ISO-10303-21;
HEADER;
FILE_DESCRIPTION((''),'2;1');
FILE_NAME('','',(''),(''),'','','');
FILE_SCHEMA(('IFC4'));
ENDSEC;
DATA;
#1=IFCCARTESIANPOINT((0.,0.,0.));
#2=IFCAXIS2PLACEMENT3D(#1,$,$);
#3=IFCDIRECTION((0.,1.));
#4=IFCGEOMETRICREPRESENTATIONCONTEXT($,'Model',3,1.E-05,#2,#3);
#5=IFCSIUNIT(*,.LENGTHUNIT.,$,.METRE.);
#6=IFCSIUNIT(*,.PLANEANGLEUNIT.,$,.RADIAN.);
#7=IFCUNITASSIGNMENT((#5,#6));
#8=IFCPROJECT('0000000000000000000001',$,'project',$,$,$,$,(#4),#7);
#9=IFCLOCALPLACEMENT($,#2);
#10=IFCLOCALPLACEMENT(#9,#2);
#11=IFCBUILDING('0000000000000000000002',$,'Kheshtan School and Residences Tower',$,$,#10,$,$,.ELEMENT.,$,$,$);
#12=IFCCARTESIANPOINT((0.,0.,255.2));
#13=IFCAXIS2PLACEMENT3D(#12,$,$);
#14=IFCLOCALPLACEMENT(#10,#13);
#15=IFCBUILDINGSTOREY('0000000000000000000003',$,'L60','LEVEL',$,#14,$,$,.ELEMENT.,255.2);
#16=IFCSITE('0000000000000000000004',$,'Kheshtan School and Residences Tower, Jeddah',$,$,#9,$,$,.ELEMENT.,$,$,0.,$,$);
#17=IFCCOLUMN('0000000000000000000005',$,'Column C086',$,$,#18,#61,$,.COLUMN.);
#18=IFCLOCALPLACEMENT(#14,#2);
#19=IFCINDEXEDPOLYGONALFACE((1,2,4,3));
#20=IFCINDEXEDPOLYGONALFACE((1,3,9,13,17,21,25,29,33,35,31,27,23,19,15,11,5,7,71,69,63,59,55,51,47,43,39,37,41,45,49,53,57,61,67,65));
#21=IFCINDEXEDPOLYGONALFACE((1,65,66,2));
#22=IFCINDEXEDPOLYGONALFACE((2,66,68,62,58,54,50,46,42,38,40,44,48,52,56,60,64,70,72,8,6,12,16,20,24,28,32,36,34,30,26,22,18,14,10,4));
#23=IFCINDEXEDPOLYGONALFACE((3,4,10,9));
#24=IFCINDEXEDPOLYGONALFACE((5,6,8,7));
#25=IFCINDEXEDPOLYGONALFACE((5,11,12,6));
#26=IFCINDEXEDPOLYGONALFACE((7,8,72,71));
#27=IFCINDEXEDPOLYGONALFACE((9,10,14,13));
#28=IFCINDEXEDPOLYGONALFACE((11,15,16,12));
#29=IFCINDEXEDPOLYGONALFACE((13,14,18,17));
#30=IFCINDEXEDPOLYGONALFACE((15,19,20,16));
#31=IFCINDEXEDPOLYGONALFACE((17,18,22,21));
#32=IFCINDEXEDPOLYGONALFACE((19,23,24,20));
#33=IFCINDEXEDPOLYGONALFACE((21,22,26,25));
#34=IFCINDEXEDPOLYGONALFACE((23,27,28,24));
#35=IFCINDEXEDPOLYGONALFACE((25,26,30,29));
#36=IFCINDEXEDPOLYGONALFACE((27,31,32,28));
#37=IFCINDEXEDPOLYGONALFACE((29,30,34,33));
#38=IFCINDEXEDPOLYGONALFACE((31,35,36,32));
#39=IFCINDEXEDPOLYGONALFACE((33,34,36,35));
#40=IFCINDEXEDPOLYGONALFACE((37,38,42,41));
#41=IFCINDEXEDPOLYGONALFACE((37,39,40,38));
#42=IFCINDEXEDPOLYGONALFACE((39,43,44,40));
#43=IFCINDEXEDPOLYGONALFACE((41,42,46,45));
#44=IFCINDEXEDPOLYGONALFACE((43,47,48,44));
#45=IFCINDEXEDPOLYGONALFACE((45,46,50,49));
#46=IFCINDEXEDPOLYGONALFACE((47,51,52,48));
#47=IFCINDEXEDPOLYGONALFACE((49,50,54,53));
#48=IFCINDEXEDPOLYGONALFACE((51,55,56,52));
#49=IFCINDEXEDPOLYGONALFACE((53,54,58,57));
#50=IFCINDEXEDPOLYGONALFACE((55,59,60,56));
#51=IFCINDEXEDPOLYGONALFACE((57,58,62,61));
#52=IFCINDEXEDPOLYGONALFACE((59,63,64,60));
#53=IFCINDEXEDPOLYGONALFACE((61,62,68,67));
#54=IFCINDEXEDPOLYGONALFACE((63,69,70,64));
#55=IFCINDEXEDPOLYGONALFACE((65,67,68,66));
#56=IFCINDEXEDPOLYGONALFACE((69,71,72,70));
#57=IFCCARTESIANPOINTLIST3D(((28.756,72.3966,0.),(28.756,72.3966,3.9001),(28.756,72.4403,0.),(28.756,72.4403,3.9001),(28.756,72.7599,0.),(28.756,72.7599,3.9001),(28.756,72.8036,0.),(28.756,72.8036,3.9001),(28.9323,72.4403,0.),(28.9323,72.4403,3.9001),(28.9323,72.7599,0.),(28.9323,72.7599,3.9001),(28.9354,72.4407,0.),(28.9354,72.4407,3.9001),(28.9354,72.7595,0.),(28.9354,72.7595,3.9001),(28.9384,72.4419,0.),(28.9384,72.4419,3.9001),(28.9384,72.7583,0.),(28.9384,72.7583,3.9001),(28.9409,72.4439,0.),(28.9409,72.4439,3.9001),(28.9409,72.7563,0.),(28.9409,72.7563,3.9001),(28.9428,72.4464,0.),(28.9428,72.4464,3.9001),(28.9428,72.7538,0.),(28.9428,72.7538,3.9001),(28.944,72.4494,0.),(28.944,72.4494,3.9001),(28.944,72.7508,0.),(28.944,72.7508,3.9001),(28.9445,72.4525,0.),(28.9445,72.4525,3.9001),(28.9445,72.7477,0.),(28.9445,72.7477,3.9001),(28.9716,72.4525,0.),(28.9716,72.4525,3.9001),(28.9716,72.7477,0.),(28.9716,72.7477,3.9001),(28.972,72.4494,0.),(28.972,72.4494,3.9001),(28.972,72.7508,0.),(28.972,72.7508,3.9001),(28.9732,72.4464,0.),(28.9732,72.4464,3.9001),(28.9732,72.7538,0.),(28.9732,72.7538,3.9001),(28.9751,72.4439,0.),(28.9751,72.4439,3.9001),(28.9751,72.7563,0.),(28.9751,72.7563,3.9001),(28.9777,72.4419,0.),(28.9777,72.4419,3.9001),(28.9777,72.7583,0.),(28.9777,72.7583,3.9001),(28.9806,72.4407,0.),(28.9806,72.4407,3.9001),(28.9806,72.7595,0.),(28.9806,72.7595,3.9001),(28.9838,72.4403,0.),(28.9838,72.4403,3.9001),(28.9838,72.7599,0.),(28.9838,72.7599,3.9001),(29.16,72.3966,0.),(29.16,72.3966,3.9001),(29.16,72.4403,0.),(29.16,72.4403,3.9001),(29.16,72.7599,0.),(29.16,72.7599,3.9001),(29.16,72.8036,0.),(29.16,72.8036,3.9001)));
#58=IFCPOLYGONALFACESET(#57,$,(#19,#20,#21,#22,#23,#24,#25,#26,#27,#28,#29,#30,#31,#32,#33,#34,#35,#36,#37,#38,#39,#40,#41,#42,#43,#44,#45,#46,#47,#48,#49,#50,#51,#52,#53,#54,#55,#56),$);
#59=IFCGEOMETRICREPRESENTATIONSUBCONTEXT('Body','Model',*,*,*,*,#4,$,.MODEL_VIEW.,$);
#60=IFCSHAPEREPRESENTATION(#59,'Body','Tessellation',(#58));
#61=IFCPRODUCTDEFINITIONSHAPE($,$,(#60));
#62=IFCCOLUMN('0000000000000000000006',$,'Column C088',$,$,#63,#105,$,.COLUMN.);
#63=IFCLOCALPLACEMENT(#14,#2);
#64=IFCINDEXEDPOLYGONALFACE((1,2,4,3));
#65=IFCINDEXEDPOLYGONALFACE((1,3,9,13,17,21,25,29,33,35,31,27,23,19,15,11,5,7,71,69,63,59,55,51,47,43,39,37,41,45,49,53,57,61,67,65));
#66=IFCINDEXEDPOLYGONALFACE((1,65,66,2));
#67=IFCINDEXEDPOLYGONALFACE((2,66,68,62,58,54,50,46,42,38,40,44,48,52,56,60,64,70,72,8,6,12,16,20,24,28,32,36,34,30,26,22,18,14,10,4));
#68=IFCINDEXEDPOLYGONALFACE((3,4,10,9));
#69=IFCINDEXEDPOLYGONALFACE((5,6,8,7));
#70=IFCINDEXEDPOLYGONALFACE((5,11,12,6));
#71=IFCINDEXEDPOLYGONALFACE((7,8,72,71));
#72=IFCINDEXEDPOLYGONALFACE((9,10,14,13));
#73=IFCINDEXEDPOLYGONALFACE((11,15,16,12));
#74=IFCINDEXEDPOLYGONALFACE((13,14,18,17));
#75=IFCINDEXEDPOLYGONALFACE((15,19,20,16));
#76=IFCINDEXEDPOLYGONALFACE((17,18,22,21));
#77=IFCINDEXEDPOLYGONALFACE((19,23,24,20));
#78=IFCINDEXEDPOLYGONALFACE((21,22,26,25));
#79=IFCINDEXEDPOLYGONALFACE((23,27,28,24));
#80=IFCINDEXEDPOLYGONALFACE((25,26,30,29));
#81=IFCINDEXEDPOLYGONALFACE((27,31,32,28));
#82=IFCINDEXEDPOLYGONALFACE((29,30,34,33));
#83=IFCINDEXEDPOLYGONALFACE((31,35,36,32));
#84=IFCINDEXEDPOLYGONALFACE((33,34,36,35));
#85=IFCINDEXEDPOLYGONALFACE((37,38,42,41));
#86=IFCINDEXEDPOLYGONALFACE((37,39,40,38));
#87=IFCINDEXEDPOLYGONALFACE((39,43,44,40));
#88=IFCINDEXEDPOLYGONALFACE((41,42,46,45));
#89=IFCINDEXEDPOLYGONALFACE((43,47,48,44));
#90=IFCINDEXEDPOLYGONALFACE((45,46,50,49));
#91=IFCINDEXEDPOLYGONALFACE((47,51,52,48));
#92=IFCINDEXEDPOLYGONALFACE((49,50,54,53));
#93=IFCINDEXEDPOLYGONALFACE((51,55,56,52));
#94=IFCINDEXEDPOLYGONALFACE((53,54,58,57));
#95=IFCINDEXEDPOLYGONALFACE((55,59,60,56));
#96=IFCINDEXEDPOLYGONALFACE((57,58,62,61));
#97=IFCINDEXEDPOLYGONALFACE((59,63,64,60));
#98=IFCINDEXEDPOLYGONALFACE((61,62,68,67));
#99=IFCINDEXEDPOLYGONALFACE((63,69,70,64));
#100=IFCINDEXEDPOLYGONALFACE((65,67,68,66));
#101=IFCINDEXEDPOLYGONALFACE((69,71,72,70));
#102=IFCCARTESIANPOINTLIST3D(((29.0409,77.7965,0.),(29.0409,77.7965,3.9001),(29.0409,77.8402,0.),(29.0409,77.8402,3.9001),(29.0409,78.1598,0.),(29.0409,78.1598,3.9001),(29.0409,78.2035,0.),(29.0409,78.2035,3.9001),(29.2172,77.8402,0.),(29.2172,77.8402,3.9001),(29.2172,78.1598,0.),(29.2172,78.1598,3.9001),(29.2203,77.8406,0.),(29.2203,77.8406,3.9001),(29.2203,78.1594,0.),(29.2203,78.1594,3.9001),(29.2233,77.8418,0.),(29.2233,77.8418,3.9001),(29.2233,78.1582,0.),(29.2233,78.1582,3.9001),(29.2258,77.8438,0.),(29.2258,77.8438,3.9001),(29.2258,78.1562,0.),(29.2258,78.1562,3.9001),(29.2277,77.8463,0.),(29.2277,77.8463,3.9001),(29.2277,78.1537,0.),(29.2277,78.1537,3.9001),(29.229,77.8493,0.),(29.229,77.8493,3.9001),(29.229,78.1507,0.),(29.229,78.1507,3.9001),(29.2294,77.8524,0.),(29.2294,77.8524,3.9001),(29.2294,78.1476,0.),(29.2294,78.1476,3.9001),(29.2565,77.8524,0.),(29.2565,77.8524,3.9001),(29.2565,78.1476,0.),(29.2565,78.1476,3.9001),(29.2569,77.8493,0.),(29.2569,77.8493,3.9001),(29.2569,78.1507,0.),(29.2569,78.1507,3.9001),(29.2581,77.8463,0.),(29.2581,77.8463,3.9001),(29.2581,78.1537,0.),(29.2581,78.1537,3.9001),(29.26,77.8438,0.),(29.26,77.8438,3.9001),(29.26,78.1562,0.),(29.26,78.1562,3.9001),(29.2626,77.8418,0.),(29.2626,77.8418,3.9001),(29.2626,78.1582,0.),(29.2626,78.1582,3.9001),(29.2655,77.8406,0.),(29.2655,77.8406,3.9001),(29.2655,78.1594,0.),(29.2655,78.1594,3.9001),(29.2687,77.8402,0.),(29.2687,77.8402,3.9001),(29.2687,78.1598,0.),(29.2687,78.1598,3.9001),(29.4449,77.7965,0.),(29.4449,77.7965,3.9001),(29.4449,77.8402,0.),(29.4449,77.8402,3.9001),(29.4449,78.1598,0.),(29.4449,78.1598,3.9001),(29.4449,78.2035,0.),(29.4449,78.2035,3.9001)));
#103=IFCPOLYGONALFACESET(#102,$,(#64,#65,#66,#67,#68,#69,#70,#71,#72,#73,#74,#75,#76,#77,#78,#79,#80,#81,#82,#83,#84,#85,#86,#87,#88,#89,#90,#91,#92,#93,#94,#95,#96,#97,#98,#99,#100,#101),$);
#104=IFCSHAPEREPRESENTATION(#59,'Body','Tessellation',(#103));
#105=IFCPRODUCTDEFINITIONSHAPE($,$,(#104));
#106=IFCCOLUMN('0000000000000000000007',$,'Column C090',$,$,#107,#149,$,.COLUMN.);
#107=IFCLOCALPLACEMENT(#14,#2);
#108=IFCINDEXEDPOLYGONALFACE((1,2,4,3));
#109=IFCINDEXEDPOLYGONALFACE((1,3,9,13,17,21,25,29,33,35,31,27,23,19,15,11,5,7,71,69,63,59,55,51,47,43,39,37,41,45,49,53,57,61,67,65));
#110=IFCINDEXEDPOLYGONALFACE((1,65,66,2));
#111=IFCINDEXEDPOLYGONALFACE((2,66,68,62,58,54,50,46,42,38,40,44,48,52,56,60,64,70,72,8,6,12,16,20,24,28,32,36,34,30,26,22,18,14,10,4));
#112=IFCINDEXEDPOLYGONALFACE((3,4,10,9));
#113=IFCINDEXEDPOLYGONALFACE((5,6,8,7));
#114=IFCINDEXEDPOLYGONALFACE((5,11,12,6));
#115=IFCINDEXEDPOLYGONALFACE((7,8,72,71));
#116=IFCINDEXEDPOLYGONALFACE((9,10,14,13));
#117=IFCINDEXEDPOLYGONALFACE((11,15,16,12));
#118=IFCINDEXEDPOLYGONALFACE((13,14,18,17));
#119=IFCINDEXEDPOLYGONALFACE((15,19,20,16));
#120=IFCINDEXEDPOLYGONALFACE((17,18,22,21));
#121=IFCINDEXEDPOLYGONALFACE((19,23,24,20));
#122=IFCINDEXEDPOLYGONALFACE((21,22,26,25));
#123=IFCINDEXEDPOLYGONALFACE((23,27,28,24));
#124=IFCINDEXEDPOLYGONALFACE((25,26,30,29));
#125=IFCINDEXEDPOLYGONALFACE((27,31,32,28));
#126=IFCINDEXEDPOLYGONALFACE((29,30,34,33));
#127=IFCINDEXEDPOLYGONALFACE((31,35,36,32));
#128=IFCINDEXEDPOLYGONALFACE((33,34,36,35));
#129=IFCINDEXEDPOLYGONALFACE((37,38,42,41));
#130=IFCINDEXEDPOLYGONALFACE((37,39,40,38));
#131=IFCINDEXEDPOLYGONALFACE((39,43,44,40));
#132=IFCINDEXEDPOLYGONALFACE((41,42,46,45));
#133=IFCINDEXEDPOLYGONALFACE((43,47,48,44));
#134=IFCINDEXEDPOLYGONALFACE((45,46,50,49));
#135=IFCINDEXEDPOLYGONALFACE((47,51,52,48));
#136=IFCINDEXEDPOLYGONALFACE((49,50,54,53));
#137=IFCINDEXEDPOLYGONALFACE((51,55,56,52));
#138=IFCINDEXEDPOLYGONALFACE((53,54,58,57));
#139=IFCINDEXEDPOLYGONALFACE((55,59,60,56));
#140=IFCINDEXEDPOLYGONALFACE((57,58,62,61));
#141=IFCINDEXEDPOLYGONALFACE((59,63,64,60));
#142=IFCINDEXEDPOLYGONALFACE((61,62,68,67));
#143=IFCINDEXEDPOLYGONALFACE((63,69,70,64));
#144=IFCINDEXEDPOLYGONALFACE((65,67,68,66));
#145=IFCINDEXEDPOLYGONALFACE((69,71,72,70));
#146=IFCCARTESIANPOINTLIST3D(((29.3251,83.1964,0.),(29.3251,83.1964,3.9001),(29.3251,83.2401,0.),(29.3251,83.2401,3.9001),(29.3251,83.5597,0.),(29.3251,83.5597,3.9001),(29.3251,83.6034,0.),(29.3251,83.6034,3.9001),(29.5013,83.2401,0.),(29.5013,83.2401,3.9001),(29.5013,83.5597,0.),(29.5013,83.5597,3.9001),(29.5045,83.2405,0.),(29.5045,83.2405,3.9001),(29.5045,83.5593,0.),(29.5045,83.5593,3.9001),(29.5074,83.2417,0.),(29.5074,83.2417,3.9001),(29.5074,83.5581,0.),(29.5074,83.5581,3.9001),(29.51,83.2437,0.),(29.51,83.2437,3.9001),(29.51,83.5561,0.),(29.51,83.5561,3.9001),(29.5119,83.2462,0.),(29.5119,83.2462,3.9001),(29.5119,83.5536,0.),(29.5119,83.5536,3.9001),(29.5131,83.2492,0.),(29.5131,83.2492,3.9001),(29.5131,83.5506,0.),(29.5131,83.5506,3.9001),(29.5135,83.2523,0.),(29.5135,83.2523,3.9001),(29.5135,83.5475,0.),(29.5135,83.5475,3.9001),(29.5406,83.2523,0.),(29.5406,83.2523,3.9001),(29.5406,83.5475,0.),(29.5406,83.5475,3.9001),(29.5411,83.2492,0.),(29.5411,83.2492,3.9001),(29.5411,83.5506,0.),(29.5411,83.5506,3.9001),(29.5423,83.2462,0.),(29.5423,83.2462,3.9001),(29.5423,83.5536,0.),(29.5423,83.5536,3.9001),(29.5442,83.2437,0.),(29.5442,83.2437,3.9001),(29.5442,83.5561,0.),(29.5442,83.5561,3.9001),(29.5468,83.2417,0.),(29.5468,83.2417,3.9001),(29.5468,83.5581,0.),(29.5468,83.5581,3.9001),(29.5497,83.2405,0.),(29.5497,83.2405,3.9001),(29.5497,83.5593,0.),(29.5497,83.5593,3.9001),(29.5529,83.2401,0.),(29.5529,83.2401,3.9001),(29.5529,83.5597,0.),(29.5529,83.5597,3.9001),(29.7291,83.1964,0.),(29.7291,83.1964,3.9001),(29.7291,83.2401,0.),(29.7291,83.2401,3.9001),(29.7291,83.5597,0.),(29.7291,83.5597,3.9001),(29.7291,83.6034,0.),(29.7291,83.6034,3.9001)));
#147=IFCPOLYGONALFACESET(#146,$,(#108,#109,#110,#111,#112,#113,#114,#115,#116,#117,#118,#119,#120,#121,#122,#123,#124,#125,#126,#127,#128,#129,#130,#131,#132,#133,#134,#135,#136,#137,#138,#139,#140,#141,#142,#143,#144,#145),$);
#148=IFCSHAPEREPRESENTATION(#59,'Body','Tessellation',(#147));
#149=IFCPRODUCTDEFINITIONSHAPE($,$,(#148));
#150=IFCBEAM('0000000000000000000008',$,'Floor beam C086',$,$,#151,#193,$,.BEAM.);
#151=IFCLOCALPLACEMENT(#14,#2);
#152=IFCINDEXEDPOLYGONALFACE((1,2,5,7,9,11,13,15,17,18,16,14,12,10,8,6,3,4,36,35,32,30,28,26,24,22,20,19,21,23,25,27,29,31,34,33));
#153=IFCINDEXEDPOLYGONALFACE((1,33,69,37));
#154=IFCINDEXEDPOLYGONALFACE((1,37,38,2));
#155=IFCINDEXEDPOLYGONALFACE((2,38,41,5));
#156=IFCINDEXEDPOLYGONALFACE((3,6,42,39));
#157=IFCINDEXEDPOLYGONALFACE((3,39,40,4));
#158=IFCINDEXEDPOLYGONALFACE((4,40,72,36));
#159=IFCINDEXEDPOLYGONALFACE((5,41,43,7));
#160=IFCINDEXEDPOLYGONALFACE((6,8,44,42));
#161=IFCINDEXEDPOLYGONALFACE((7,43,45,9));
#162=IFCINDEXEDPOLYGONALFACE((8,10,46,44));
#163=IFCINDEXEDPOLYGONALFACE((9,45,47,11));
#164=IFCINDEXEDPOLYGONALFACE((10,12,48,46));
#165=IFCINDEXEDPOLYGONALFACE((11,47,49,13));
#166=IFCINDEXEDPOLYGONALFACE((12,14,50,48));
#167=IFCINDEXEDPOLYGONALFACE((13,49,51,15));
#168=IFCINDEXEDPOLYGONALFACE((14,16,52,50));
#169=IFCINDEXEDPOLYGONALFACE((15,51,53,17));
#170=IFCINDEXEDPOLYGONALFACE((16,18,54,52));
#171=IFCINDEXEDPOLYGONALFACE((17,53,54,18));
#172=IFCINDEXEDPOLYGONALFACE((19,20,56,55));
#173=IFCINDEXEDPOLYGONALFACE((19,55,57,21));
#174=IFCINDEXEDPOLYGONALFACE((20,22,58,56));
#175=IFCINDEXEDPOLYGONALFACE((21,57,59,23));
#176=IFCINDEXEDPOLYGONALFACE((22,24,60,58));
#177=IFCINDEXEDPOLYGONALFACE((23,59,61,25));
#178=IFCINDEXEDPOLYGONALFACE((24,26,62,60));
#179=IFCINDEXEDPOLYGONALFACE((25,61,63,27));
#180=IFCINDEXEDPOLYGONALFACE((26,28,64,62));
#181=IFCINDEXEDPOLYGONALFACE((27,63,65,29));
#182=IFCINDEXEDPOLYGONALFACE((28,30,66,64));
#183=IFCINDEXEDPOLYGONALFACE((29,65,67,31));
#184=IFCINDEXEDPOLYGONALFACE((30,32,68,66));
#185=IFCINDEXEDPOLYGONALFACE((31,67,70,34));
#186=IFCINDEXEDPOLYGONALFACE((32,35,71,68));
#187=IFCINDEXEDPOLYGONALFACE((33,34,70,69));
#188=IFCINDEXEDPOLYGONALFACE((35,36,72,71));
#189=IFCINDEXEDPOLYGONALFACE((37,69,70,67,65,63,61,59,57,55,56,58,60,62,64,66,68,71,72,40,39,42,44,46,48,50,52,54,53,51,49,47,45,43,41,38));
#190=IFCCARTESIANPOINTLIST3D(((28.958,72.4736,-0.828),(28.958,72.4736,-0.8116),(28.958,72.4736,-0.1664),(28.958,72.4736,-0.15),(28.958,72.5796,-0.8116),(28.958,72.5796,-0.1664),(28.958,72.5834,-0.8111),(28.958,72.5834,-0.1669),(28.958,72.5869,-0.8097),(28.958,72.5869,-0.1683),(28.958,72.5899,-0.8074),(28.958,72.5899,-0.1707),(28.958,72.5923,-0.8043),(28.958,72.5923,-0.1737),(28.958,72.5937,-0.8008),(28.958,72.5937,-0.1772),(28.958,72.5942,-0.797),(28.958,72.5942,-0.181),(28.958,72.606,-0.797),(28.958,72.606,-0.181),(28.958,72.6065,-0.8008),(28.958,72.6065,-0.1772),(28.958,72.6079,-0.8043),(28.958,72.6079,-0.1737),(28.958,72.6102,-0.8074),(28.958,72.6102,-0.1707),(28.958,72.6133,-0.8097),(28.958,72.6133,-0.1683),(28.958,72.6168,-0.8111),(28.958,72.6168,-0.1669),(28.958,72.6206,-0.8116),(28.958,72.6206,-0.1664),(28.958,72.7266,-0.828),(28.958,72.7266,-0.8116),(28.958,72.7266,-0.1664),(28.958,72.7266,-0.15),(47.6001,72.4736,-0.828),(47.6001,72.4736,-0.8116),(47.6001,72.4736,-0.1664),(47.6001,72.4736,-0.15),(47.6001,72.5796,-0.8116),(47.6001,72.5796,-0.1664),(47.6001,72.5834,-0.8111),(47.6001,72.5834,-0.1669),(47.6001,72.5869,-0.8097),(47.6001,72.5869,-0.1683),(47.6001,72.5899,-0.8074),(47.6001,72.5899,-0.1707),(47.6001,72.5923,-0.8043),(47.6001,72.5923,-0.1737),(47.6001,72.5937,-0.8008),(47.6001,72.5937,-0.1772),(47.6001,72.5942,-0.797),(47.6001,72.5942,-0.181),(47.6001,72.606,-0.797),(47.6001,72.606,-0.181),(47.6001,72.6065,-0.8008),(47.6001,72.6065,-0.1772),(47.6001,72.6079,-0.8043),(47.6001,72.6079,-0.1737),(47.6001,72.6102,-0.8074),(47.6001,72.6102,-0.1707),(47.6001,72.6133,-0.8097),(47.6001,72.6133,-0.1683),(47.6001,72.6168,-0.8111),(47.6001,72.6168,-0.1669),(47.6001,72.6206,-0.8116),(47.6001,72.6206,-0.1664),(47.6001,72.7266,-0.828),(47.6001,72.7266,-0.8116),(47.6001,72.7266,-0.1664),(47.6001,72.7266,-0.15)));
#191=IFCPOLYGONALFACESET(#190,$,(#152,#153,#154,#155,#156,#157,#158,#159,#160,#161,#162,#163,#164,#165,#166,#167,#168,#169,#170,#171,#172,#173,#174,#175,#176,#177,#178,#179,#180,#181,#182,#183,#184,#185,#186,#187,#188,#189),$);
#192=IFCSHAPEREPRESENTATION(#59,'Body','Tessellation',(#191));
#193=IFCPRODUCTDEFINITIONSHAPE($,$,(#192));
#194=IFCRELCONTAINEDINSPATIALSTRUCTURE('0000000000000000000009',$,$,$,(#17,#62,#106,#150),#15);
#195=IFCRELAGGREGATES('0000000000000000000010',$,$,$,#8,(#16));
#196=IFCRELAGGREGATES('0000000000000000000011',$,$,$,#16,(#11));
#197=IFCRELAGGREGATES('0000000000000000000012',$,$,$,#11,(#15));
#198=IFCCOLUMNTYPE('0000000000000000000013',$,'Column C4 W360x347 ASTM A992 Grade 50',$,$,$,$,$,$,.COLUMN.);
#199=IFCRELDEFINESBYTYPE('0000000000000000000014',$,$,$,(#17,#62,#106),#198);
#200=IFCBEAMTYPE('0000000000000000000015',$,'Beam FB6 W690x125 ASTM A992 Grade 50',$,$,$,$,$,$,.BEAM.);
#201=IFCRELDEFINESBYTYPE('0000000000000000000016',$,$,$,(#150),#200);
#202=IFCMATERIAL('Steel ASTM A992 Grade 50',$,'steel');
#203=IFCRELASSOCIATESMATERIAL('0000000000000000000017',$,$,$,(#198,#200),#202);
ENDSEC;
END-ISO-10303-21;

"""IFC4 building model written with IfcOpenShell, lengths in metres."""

from ifc_helpers import new_model, si_unit, direction, frame, origin, origin_2d, place, context, subcontext, project, spatial, i_section, extrude, material, material_profile, profile_set, type_object, element, save


model = new_model("IFC4")

# Units and contexts
model_context = context("Model", 3, precision=1e-05, world=origin(), true_north=direction((0.0, 1.0)))
body_context = subcontext(model_context, "Body", "Model", "MODEL_VIEW")
ifc_project = project(units=[si_unit("LENGTHUNIT", "METRE"), si_unit("PLANEANGLEUNIT", "RADIAN")], contexts=[model_context])

# Site, building, storey
site_placement = place(None, origin())
site = spatial("IfcSite", under=ifc_project, at=site_placement, Name="Kheshtan School and Residences Tower, Jeddah", CompositionType="ELEMENT", RefElevation=0.0)
building_placement = place(site_placement, origin())
building = spatial("IfcBuilding", under=site, at=building_placement, Name="Kheshtan School and Residences Tower", CompositionType="ELEMENT")
storey_placement = place(building_placement, frame((0.0, 0.0, 255.2)))
storey = spatial("IfcBuildingStorey", under=building, at=storey_placement, Name="L60", Description="LEVEL", CompositionType="ELEMENT", Elevation=255.2)

# Columns
ifc_material_1 = material(Name="Steel ASTM A992 Grade 50", Category="steel")
ifc_material_profile_1 = material_profile(ifc_material_1, i_section(OverallWidth=0.4041, OverallDepth=0.407, WebThickness=0.0271, FlangeThickness=0.0437, FilletRadius=0.0122, at=origin_2d()), Name="W360x347")
ifc_profile_set_1 = profile_set([ifc_material_profile_1], Name="Steel ASTM A992 Grade 50")
column_type = type_object("IfcColumnType", Name="Column C4 W360x347 ASTM A992 Grade 50", PredefinedType="COLUMN", material=ifc_profile_set_1)
for number, where, z_axis, x_axis, name in (
    (1, (28.958, 72.6001, 0.0), (0.0, 0.0, 1.0), (1.0, 0.0, 0.0), "Column C086"),
    (2, (29.2429, 78.0, 0.0), (0.0, 0.0, 1.0), (1.0, 0.0, 0.0), "Column C088"),
    (3, (29.5271, 83.3999, 0.0), (0.0, 0.0, 1.0), (1.0, 0.0, 0.0), "Column C090"),
):
    element("IfcColumn", number, at=place(storey_placement, frame(where, z_axis=z_axis, x_axis=x_axis)), inside=storey, type_object=column_type, Name=name, PredefinedType="COLUMN", context=body_context, shape_type="SweptSolid", body=[
        extrude(i_section(OverallWidth=0.4041, OverallDepth=0.407, WebThickness=0.0271, FlangeThickness=0.0437, FilletRadius=0.0122, at=origin_2d()), origin(), (0.0, 0.0, 1.0), 3.9001),
    ])

# Beam
ifc_material_profile_2 = material_profile(ifc_material_1, i_section(OverallWidth=0.2529, OverallDepth=0.678, WebThickness=0.0117, FlangeThickness=0.0164, FilletRadius=0.0146, at=origin_2d()), Name="W690x125")
ifc_profile_set_2 = profile_set([ifc_material_profile_2], Name="Steel ASTM A992 Grade 50")
beam_type_1 = type_object("IfcBeamType", Name="Beam FB6 W690x125 ASTM A992 Grade 50", PredefinedType="BEAM", material=ifc_profile_set_2)
beam_1_placement = place(storey_placement, frame((28.958, 72.6001, -0.489), z_axis=(1.0, 0.0, 0.0), x_axis=(0.0, 1.0, 0.0)))
element("IfcBeam", 4, at=beam_1_placement, inside=storey, type_object=beam_type_1, Name="Floor beam C086", PredefinedType="BEAM", context=body_context, shape_type="SweptSolid", body=[
    extrude(i_section(OverallWidth=0.2529, OverallDepth=0.678, WebThickness=0.0117, FlangeThickness=0.0164, FilletRadius=0.0146, at=origin_2d()), origin(), (0.0, 0.0, 1.0), 18.6421),
])

save(model, "model.ifc")
